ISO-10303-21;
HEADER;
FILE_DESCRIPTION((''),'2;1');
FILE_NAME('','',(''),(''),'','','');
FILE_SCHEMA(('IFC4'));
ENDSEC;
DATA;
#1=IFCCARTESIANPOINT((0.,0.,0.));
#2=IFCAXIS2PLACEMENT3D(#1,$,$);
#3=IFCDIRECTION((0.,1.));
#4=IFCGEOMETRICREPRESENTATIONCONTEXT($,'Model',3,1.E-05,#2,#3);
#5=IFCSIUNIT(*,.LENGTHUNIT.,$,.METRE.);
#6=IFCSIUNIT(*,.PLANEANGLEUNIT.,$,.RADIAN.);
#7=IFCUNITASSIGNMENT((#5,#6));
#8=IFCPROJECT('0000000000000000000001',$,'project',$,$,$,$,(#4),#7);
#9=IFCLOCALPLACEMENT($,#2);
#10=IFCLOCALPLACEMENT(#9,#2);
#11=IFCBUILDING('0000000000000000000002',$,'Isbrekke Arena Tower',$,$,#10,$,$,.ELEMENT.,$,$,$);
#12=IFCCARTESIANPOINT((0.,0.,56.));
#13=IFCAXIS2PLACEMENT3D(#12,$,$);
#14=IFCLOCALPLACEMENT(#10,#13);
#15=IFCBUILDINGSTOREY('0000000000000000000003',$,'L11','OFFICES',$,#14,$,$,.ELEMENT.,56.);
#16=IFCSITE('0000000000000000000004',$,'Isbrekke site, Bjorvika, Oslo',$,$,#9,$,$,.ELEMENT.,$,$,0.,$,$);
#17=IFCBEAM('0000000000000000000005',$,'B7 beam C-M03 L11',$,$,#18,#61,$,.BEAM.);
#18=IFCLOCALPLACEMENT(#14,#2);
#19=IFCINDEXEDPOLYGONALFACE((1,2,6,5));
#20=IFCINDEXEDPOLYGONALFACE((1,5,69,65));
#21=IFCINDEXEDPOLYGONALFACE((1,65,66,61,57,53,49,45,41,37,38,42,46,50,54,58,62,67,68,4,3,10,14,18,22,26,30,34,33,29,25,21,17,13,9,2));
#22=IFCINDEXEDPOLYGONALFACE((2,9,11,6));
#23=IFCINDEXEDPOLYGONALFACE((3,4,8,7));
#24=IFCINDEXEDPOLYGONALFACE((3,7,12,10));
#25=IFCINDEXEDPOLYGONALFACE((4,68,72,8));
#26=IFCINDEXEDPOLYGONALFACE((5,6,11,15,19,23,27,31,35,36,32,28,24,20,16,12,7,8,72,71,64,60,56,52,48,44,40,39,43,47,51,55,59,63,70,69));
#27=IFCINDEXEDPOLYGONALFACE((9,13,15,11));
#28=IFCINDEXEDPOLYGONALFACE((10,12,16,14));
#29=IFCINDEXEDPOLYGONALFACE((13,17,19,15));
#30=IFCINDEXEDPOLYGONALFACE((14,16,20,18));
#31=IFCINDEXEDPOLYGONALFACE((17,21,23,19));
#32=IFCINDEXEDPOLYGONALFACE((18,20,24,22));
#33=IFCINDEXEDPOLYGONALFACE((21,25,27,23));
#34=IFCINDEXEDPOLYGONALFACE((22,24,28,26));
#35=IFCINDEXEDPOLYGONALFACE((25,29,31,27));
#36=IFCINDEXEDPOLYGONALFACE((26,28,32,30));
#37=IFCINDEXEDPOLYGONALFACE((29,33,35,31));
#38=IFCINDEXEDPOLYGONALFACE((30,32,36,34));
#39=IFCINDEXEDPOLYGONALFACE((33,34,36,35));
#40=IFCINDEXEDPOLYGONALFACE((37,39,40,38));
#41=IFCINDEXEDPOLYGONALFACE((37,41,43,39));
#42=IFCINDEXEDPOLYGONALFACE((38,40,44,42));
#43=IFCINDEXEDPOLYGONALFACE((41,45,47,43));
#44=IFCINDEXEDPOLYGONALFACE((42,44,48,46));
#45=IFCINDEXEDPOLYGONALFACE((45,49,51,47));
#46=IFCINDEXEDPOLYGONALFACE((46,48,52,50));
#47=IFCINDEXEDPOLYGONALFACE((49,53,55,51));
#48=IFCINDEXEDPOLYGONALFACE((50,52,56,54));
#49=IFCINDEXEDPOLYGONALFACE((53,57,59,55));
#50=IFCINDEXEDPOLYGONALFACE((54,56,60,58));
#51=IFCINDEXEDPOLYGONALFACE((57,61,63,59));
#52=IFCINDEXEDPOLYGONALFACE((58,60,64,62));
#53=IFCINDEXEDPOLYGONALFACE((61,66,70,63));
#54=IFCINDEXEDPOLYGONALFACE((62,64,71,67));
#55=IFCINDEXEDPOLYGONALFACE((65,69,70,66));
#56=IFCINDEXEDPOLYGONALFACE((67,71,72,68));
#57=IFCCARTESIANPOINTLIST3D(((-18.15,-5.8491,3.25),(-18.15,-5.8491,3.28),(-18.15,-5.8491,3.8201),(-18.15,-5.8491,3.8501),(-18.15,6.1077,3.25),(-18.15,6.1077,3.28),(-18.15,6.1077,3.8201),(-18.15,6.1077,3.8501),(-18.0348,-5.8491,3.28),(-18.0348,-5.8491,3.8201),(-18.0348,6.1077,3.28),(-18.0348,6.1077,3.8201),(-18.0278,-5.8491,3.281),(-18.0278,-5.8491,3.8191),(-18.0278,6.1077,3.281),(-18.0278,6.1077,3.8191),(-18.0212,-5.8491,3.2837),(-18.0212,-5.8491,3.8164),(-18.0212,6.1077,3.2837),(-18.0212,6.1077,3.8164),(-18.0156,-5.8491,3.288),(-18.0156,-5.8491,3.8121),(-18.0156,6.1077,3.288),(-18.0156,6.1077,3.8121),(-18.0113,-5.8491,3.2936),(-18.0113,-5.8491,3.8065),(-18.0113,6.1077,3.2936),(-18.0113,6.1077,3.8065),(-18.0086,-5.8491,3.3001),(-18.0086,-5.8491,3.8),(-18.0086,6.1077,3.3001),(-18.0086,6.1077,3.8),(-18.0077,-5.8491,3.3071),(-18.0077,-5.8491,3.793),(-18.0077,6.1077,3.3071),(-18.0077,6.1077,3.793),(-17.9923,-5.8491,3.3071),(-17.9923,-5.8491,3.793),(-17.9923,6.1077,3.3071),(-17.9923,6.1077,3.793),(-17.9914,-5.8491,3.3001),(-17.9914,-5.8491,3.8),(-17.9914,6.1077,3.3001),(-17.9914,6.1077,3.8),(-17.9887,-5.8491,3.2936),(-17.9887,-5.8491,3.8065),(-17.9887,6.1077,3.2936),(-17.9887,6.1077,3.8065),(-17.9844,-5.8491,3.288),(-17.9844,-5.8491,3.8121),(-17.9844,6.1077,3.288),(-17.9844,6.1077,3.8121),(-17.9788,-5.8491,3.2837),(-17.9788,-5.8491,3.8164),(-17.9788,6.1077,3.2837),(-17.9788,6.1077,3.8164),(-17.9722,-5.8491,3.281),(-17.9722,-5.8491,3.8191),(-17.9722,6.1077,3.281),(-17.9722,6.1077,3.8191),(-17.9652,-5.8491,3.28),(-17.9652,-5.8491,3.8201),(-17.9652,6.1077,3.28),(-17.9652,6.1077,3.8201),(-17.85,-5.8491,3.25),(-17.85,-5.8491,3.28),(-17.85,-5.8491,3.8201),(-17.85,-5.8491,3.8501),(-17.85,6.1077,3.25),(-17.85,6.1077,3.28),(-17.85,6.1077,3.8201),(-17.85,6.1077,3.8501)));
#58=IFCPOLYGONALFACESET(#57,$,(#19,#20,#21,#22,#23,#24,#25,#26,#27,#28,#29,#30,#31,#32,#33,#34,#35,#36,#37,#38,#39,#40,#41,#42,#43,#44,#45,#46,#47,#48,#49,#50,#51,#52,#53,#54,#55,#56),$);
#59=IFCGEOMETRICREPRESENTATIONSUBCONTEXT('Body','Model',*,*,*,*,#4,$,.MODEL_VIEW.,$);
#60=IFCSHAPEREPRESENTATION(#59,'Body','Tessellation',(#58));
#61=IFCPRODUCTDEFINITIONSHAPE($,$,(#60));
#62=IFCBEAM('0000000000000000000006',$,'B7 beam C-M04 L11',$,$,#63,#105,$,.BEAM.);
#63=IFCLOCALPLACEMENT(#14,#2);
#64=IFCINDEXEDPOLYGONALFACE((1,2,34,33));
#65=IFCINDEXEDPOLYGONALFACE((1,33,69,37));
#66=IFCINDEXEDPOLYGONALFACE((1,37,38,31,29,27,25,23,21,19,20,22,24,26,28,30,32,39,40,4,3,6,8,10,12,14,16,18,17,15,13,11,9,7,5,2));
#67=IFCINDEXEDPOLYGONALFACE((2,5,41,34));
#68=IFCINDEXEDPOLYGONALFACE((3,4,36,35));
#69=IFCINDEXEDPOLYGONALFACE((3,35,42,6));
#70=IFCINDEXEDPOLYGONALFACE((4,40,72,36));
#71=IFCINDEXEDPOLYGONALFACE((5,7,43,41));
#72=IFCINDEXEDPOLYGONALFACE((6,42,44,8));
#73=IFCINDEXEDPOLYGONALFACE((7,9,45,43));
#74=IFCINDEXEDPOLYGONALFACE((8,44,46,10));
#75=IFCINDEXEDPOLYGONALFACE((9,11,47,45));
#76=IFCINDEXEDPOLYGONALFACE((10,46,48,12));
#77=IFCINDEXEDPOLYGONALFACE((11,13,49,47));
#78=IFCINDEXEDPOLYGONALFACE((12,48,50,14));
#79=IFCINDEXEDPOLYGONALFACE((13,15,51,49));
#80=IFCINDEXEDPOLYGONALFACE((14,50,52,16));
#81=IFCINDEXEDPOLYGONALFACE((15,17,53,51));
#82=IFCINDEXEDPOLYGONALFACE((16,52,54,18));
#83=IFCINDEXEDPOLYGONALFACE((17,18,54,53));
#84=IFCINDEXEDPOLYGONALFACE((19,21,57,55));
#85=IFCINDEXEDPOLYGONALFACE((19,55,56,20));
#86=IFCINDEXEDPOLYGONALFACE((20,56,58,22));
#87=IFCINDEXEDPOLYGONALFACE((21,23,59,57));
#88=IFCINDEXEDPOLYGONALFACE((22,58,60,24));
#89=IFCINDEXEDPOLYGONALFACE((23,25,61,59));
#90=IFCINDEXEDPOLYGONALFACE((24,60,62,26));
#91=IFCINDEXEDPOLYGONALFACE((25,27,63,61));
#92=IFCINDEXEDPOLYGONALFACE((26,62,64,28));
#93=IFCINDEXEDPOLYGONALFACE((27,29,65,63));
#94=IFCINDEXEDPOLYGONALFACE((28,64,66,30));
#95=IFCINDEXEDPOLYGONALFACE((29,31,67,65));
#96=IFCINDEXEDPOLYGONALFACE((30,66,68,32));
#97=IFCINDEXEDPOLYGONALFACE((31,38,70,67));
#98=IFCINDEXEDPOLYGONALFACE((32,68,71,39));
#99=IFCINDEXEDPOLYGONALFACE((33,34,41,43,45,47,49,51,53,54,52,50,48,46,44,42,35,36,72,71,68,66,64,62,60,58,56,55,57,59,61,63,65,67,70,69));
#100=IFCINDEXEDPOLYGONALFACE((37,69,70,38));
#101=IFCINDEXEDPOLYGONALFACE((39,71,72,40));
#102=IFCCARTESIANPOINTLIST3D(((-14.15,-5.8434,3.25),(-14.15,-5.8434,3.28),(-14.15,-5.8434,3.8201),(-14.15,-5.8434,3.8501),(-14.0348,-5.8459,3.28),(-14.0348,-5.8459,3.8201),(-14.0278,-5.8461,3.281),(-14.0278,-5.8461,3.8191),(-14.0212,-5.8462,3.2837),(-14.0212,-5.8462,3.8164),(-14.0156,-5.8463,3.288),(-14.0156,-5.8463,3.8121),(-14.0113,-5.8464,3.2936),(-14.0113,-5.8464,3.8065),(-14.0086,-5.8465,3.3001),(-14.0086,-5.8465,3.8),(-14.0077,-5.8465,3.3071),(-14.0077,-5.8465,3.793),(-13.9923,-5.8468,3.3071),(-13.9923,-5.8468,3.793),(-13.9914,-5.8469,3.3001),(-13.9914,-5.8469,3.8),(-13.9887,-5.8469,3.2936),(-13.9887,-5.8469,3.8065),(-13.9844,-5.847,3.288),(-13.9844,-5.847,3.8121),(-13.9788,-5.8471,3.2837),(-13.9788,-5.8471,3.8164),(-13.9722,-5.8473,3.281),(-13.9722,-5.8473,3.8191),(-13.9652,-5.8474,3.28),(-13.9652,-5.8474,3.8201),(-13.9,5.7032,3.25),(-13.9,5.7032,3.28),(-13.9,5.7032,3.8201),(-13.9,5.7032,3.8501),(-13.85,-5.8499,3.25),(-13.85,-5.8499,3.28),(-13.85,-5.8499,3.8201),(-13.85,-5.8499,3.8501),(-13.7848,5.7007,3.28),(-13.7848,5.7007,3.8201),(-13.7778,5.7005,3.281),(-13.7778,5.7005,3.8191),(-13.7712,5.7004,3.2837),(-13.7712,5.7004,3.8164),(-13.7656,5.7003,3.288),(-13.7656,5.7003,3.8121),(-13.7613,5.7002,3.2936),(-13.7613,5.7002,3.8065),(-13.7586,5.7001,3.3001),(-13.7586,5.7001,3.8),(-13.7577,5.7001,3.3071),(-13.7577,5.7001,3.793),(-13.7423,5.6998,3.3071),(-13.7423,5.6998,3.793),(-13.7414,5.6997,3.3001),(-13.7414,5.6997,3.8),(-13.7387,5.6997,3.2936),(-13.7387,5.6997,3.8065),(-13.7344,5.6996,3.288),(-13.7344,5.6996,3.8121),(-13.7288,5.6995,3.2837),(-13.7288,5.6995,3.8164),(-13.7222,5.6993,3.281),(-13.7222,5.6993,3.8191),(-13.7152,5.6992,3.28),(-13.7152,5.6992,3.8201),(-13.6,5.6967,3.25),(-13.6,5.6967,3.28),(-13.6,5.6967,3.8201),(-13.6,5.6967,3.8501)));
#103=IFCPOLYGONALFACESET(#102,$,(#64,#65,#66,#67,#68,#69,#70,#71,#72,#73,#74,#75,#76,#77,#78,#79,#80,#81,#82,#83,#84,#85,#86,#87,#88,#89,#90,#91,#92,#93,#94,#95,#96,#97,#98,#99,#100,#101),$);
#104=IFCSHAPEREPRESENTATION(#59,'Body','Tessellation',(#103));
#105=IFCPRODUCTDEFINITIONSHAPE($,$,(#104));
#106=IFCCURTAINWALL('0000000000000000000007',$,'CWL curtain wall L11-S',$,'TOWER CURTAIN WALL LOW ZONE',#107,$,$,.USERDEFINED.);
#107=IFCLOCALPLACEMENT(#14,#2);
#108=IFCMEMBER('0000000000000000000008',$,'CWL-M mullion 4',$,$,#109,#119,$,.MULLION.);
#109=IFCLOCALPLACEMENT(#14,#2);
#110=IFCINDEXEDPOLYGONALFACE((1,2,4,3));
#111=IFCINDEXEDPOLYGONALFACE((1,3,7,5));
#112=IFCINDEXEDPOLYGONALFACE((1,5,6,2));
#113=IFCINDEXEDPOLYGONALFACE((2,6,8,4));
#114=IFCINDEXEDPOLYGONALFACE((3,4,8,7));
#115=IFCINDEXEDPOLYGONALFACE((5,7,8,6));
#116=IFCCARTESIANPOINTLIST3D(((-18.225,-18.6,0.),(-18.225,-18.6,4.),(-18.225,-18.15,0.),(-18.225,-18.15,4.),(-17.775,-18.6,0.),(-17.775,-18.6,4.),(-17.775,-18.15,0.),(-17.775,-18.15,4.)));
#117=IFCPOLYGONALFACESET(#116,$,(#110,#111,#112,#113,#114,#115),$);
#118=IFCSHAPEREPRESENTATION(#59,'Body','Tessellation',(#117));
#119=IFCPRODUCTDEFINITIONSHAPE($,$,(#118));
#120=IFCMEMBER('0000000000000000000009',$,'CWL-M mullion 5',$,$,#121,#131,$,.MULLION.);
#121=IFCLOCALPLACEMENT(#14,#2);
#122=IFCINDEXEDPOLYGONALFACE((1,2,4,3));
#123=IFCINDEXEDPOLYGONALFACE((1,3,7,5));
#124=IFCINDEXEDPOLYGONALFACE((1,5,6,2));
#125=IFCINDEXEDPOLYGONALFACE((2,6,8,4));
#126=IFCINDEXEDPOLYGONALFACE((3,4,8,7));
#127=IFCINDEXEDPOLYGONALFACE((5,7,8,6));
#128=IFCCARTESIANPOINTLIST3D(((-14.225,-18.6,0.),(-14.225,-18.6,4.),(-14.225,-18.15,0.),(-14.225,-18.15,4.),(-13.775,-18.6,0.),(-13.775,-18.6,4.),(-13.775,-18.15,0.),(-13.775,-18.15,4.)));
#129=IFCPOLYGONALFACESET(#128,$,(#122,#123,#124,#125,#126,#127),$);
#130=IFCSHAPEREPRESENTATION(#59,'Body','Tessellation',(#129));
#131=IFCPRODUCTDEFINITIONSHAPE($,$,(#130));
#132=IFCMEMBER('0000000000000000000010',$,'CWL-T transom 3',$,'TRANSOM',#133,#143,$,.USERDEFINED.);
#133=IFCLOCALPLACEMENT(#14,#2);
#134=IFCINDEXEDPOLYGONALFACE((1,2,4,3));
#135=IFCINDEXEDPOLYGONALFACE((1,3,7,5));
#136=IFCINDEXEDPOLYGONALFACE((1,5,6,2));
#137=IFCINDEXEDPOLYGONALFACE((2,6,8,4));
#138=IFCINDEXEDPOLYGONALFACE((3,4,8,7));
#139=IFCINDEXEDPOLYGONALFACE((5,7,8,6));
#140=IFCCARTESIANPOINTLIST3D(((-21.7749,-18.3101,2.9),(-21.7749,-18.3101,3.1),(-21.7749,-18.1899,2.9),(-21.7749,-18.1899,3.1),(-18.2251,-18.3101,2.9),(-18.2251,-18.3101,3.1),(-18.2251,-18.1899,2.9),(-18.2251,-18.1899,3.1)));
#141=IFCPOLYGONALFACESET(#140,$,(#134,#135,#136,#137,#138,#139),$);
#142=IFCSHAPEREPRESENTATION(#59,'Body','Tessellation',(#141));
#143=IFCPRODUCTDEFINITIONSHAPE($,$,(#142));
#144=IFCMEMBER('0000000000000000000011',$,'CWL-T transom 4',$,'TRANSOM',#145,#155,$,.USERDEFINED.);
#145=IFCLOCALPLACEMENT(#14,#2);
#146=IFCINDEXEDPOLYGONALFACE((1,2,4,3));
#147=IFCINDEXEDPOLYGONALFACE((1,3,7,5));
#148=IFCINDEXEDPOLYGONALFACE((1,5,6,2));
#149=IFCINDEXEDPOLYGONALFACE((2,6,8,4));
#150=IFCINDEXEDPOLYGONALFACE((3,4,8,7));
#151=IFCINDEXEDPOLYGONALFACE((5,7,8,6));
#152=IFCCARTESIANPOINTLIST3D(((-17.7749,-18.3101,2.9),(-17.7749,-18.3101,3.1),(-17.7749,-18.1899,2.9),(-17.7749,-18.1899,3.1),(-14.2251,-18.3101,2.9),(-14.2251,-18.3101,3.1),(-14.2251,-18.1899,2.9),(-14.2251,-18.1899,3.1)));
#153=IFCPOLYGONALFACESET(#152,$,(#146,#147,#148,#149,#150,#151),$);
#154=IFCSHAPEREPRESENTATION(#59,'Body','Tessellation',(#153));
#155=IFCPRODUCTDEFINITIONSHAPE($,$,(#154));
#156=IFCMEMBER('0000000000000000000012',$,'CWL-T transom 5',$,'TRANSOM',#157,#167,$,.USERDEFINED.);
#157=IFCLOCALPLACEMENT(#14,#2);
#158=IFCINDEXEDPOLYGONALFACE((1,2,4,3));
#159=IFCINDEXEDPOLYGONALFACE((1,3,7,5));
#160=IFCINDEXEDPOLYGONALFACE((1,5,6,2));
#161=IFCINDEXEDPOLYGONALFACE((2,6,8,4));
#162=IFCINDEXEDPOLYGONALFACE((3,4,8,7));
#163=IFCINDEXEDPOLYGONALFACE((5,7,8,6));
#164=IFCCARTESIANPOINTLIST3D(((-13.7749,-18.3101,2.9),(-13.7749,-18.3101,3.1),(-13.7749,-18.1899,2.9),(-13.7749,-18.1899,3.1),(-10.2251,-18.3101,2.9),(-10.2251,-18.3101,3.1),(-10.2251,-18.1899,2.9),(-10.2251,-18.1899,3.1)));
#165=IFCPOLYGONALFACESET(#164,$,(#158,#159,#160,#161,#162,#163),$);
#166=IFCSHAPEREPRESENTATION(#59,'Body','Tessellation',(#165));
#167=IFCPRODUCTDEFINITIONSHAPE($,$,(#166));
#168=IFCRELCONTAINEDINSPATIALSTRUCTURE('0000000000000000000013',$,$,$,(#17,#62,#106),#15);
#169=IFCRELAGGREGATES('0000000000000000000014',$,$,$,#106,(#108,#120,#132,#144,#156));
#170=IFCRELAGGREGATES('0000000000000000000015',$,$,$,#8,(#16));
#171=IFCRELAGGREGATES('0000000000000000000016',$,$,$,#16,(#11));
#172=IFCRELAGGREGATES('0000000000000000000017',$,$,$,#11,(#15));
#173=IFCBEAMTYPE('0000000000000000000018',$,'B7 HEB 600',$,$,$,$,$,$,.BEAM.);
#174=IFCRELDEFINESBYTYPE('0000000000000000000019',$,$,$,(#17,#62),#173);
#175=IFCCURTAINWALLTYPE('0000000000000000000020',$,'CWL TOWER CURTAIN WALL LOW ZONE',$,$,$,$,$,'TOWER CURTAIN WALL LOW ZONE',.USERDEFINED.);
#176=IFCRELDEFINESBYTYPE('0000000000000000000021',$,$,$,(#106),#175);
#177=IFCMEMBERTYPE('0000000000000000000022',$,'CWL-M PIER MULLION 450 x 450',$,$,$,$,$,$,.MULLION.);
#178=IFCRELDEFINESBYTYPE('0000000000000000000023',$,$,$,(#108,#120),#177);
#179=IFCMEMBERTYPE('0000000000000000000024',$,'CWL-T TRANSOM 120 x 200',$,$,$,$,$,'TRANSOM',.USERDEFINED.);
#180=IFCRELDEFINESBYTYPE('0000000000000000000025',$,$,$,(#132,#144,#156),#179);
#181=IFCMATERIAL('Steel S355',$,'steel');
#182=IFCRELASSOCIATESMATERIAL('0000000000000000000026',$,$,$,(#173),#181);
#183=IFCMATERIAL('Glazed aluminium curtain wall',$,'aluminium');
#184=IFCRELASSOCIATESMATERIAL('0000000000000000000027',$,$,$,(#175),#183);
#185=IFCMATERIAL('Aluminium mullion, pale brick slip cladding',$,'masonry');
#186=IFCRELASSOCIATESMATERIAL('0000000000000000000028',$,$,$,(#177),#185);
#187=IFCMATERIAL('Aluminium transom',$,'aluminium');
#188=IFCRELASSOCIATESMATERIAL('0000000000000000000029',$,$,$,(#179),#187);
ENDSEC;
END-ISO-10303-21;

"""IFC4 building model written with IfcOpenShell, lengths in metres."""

from ifc_helpers import new_model, si_unit, direction, frame, origin, origin_2d, place, context, subcontext, project, spatial, rectangle, i_section, extrude, material, material_profile, profile_set, type_object, element, aggregate, save


model = new_model("IFC4")

# Units and contexts
model_context = context("Model", 3, precision=1e-05, world=origin(), true_north=direction((0.0, 1.0)))
body_context = subcontext(model_context, "Body", "Model", "MODEL_VIEW")
ifc_project = project(units=[si_unit("LENGTHUNIT", "METRE"), si_unit("PLANEANGLEUNIT", "RADIAN")], contexts=[model_context])

# Site, building, storey
site_placement = place(None, origin())
site = spatial("IfcSite", under=ifc_project, at=site_placement, Name="Isbrekke site, Bjorvika, Oslo", CompositionType="ELEMENT", RefElevation=0.0)
building_placement = place(site_placement, origin())
building = spatial("IfcBuilding", under=site, at=building_placement, Name="Isbrekke Arena Tower", CompositionType="ELEMENT")
storey_placement = place(building_placement, frame((0.0, 0.0, 56.0)))
storey = spatial("IfcBuildingStorey", under=building, at=storey_placement, Name="L11", Description="OFFICES", CompositionType="ELEMENT", Elevation=56.0)

# Beams
ifc_material_1 = material(Name="Steel S355", Category="steel")
ifc_material_profile_1 = material_profile(ifc_material_1, i_section(OverallWidth=0.3, OverallDepth=0.6001, WebThickness=0.0154, FlangeThickness=0.03, FilletRadius=0.0271, at=origin_2d()), Name="HEB 600")
ifc_profile_set_1 = profile_set([ifc_material_profile_1], Name="Steel S355")
beam_type_1 = type_object("IfcBeamType", Name="B7 HEB 600", PredefinedType="BEAM", material=ifc_profile_set_1)
beam_1_placement = place(storey_placement, frame((-18.0, -5.8491, 3.55), z_axis=(0.0, 1.0, 0.0), x_axis=(-1.0, 0.0, 0.0)))
element("IfcBeam", 1, at=beam_1_placement, inside=storey, type_object=beam_type_1, Name="B7 beam C-M03 L11", PredefinedType="BEAM", context=body_context, shape_type="SweptSolid", body=[
    extrude(i_section(OverallWidth=0.3, OverallDepth=0.6001, WebThickness=0.0154, FlangeThickness=0.03, FilletRadius=0.0271, at=origin_2d()), origin(), (0.0, 0.0, 1.0), 11.9568),
])
beam_2_placement = place(storey_placement, frame((-14.0, -5.8467, 3.55), z_axis=(0.021646, 0.999766, 0.0), x_axis=(-0.999766, 0.021646, 0.0)))
element("IfcBeam", 2, at=beam_2_placement, inside=storey, type_object=beam_type_1, Name="B7 beam C-M04 L11", PredefinedType="BEAM", context=body_context, shape_type="SweptSolid", body=[
    extrude(i_section(OverallWidth=0.3, OverallDepth=0.6001, WebThickness=0.0154, FlangeThickness=0.03, FilletRadius=0.0271, at=origin_2d()), origin(), (0.0, 0.0, 1.0), 11.5493),
])

# Curtain wall, members
ifc_material_2 = material(Name="Glazed aluminium curtain wall", Category="aluminium")
curtain_wall_type = type_object("IfcCurtainWallType", Name="CWL TOWER CURTAIN WALL LOW ZONE", ElementType="TOWER CURTAIN WALL LOW ZONE", PredefinedType="USERDEFINED", material=ifc_material_2)
curtain_wall_placement = place(storey_placement, origin())
curtain_wall = element("IfcCurtainWall", 3, at=curtain_wall_placement, inside=storey, type_object=curtain_wall_type, Name="CWL curtain wall L11-S", ObjectType="TOWER CURTAIN WALL LOW ZONE", PredefinedType="USERDEFINED")
ifc_material_3 = material(Name="Aluminium mullion, pale brick slip cladding", Category="masonry")
ifc_material_profile_2 = material_profile(ifc_material_3, rectangle(XDim=0.45, YDim=0.45, at=origin_2d()), Name="PIER 450X450")
ifc_profile_set_2 = profile_set([ifc_material_profile_2], Name="Aluminium mullion, pale brick slip cladding")
member_type_1 = type_object("IfcMemberType", Name="CWL-M PIER MULLION 450 x 450", PredefinedType="MULLION", material=ifc_profile_set_2)
member_1_placement = place(storey_placement, frame((-18.0, -18.375, 0.0), z_axis=(0.0, 0.0, 1.0), x_axis=(1.0, 0.0, 0.0)))
member_1 = element("IfcMember", 4, at=member_1_placement, type_object=member_type_1, Name="CWL-M mullion 4", PredefinedType="MULLION", context=body_context, shape_type="SweptSolid", body=[
    extrude(rectangle(XDim=0.45, YDim=0.45, at=origin_2d()), origin(), (0.0, 0.0, 1.0), 4.0),
])
member_2_placement = place(storey_placement, frame((-14.0, -18.375, 0.0), z_axis=(0.0, 0.0, 1.0), x_axis=(1.0, 0.0, 0.0)))
member_2 = element("IfcMember", 5, at=member_2_placement, type_object=member_type_1, Name="CWL-M mullion 5", PredefinedType="MULLION", context=body_context, shape_type="SweptSolid", body=[
    extrude(rectangle(XDim=0.45, YDim=0.45, at=origin_2d()), origin(), (0.0, 0.0, 1.0), 4.0),
])
ifc_material_4 = material(Name="Aluminium transom", Category="aluminium")
ifc_material_profile_3 = material_profile(ifc_material_4, rectangle(XDim=0.1201, YDim=0.2, at=origin_2d()), Name="TRANSOM 120X200")
ifc_profile_set_3 = profile_set([ifc_material_profile_3], Name="Aluminium transom")
member_type_2 = type_object("IfcMemberType", Name="CWL-T TRANSOM 120 x 200", ElementType="TRANSOM", PredefinedType="USERDEFINED", material=ifc_profile_set_3)
member_3_placement = place(storey_placement, frame((-21.7749, -18.25, 3.0), z_axis=(1.0, 0.0, 0.0), x_axis=(0.0, 1.0, 0.0)))
member_3 = element("IfcMember", 6, at=member_3_placement, type_object=member_type_2, Name="CWL-T transom 3", ObjectType="TRANSOM", PredefinedType="USERDEFINED", context=body_context, shape_type="SweptSolid", body=[
    extrude(rectangle(XDim=0.1201, YDim=0.2, at=origin_2d()), origin(), (0.0, 0.0, 1.0), 3.5498),
])
member_4_placement = place(storey_placement, frame((-17.7749, -18.25, 3.0), z_axis=(1.0, 0.0, 0.0), x_axis=(0.0, 1.0, 0.0)))
member_4 = element("IfcMember", 7, at=member_4_placement, type_object=member_type_2, Name="CWL-T transom 4", ObjectType="TRANSOM", PredefinedType="USERDEFINED", context=body_context, shape_type="SweptSolid", body=[
    extrude(rectangle(XDim=0.1201, YDim=0.2, at=origin_2d()), origin(), (0.0, 0.0, 1.0), 3.5498),
])
member_5_placement = place(storey_placement, frame((-13.7749, -18.25, 3.0), z_axis=(1.0, 0.0, 0.0), x_axis=(0.0, 1.0, 0.0)))
member_5 = element("IfcMember", 8, at=member_5_placement, type_object=member_type_2, Name="CWL-T transom 5", ObjectType="TRANSOM", PredefinedType="USERDEFINED", context=body_context, shape_type="SweptSolid", body=[
    extrude(rectangle(XDim=0.1201, YDim=0.2, at=origin_2d()), origin(), (0.0, 0.0, 1.0), 3.5498),
])

aggregate(curtain_wall, [member_1, member_2, member_3, member_4, member_5])

save(model, "model.ifc")
